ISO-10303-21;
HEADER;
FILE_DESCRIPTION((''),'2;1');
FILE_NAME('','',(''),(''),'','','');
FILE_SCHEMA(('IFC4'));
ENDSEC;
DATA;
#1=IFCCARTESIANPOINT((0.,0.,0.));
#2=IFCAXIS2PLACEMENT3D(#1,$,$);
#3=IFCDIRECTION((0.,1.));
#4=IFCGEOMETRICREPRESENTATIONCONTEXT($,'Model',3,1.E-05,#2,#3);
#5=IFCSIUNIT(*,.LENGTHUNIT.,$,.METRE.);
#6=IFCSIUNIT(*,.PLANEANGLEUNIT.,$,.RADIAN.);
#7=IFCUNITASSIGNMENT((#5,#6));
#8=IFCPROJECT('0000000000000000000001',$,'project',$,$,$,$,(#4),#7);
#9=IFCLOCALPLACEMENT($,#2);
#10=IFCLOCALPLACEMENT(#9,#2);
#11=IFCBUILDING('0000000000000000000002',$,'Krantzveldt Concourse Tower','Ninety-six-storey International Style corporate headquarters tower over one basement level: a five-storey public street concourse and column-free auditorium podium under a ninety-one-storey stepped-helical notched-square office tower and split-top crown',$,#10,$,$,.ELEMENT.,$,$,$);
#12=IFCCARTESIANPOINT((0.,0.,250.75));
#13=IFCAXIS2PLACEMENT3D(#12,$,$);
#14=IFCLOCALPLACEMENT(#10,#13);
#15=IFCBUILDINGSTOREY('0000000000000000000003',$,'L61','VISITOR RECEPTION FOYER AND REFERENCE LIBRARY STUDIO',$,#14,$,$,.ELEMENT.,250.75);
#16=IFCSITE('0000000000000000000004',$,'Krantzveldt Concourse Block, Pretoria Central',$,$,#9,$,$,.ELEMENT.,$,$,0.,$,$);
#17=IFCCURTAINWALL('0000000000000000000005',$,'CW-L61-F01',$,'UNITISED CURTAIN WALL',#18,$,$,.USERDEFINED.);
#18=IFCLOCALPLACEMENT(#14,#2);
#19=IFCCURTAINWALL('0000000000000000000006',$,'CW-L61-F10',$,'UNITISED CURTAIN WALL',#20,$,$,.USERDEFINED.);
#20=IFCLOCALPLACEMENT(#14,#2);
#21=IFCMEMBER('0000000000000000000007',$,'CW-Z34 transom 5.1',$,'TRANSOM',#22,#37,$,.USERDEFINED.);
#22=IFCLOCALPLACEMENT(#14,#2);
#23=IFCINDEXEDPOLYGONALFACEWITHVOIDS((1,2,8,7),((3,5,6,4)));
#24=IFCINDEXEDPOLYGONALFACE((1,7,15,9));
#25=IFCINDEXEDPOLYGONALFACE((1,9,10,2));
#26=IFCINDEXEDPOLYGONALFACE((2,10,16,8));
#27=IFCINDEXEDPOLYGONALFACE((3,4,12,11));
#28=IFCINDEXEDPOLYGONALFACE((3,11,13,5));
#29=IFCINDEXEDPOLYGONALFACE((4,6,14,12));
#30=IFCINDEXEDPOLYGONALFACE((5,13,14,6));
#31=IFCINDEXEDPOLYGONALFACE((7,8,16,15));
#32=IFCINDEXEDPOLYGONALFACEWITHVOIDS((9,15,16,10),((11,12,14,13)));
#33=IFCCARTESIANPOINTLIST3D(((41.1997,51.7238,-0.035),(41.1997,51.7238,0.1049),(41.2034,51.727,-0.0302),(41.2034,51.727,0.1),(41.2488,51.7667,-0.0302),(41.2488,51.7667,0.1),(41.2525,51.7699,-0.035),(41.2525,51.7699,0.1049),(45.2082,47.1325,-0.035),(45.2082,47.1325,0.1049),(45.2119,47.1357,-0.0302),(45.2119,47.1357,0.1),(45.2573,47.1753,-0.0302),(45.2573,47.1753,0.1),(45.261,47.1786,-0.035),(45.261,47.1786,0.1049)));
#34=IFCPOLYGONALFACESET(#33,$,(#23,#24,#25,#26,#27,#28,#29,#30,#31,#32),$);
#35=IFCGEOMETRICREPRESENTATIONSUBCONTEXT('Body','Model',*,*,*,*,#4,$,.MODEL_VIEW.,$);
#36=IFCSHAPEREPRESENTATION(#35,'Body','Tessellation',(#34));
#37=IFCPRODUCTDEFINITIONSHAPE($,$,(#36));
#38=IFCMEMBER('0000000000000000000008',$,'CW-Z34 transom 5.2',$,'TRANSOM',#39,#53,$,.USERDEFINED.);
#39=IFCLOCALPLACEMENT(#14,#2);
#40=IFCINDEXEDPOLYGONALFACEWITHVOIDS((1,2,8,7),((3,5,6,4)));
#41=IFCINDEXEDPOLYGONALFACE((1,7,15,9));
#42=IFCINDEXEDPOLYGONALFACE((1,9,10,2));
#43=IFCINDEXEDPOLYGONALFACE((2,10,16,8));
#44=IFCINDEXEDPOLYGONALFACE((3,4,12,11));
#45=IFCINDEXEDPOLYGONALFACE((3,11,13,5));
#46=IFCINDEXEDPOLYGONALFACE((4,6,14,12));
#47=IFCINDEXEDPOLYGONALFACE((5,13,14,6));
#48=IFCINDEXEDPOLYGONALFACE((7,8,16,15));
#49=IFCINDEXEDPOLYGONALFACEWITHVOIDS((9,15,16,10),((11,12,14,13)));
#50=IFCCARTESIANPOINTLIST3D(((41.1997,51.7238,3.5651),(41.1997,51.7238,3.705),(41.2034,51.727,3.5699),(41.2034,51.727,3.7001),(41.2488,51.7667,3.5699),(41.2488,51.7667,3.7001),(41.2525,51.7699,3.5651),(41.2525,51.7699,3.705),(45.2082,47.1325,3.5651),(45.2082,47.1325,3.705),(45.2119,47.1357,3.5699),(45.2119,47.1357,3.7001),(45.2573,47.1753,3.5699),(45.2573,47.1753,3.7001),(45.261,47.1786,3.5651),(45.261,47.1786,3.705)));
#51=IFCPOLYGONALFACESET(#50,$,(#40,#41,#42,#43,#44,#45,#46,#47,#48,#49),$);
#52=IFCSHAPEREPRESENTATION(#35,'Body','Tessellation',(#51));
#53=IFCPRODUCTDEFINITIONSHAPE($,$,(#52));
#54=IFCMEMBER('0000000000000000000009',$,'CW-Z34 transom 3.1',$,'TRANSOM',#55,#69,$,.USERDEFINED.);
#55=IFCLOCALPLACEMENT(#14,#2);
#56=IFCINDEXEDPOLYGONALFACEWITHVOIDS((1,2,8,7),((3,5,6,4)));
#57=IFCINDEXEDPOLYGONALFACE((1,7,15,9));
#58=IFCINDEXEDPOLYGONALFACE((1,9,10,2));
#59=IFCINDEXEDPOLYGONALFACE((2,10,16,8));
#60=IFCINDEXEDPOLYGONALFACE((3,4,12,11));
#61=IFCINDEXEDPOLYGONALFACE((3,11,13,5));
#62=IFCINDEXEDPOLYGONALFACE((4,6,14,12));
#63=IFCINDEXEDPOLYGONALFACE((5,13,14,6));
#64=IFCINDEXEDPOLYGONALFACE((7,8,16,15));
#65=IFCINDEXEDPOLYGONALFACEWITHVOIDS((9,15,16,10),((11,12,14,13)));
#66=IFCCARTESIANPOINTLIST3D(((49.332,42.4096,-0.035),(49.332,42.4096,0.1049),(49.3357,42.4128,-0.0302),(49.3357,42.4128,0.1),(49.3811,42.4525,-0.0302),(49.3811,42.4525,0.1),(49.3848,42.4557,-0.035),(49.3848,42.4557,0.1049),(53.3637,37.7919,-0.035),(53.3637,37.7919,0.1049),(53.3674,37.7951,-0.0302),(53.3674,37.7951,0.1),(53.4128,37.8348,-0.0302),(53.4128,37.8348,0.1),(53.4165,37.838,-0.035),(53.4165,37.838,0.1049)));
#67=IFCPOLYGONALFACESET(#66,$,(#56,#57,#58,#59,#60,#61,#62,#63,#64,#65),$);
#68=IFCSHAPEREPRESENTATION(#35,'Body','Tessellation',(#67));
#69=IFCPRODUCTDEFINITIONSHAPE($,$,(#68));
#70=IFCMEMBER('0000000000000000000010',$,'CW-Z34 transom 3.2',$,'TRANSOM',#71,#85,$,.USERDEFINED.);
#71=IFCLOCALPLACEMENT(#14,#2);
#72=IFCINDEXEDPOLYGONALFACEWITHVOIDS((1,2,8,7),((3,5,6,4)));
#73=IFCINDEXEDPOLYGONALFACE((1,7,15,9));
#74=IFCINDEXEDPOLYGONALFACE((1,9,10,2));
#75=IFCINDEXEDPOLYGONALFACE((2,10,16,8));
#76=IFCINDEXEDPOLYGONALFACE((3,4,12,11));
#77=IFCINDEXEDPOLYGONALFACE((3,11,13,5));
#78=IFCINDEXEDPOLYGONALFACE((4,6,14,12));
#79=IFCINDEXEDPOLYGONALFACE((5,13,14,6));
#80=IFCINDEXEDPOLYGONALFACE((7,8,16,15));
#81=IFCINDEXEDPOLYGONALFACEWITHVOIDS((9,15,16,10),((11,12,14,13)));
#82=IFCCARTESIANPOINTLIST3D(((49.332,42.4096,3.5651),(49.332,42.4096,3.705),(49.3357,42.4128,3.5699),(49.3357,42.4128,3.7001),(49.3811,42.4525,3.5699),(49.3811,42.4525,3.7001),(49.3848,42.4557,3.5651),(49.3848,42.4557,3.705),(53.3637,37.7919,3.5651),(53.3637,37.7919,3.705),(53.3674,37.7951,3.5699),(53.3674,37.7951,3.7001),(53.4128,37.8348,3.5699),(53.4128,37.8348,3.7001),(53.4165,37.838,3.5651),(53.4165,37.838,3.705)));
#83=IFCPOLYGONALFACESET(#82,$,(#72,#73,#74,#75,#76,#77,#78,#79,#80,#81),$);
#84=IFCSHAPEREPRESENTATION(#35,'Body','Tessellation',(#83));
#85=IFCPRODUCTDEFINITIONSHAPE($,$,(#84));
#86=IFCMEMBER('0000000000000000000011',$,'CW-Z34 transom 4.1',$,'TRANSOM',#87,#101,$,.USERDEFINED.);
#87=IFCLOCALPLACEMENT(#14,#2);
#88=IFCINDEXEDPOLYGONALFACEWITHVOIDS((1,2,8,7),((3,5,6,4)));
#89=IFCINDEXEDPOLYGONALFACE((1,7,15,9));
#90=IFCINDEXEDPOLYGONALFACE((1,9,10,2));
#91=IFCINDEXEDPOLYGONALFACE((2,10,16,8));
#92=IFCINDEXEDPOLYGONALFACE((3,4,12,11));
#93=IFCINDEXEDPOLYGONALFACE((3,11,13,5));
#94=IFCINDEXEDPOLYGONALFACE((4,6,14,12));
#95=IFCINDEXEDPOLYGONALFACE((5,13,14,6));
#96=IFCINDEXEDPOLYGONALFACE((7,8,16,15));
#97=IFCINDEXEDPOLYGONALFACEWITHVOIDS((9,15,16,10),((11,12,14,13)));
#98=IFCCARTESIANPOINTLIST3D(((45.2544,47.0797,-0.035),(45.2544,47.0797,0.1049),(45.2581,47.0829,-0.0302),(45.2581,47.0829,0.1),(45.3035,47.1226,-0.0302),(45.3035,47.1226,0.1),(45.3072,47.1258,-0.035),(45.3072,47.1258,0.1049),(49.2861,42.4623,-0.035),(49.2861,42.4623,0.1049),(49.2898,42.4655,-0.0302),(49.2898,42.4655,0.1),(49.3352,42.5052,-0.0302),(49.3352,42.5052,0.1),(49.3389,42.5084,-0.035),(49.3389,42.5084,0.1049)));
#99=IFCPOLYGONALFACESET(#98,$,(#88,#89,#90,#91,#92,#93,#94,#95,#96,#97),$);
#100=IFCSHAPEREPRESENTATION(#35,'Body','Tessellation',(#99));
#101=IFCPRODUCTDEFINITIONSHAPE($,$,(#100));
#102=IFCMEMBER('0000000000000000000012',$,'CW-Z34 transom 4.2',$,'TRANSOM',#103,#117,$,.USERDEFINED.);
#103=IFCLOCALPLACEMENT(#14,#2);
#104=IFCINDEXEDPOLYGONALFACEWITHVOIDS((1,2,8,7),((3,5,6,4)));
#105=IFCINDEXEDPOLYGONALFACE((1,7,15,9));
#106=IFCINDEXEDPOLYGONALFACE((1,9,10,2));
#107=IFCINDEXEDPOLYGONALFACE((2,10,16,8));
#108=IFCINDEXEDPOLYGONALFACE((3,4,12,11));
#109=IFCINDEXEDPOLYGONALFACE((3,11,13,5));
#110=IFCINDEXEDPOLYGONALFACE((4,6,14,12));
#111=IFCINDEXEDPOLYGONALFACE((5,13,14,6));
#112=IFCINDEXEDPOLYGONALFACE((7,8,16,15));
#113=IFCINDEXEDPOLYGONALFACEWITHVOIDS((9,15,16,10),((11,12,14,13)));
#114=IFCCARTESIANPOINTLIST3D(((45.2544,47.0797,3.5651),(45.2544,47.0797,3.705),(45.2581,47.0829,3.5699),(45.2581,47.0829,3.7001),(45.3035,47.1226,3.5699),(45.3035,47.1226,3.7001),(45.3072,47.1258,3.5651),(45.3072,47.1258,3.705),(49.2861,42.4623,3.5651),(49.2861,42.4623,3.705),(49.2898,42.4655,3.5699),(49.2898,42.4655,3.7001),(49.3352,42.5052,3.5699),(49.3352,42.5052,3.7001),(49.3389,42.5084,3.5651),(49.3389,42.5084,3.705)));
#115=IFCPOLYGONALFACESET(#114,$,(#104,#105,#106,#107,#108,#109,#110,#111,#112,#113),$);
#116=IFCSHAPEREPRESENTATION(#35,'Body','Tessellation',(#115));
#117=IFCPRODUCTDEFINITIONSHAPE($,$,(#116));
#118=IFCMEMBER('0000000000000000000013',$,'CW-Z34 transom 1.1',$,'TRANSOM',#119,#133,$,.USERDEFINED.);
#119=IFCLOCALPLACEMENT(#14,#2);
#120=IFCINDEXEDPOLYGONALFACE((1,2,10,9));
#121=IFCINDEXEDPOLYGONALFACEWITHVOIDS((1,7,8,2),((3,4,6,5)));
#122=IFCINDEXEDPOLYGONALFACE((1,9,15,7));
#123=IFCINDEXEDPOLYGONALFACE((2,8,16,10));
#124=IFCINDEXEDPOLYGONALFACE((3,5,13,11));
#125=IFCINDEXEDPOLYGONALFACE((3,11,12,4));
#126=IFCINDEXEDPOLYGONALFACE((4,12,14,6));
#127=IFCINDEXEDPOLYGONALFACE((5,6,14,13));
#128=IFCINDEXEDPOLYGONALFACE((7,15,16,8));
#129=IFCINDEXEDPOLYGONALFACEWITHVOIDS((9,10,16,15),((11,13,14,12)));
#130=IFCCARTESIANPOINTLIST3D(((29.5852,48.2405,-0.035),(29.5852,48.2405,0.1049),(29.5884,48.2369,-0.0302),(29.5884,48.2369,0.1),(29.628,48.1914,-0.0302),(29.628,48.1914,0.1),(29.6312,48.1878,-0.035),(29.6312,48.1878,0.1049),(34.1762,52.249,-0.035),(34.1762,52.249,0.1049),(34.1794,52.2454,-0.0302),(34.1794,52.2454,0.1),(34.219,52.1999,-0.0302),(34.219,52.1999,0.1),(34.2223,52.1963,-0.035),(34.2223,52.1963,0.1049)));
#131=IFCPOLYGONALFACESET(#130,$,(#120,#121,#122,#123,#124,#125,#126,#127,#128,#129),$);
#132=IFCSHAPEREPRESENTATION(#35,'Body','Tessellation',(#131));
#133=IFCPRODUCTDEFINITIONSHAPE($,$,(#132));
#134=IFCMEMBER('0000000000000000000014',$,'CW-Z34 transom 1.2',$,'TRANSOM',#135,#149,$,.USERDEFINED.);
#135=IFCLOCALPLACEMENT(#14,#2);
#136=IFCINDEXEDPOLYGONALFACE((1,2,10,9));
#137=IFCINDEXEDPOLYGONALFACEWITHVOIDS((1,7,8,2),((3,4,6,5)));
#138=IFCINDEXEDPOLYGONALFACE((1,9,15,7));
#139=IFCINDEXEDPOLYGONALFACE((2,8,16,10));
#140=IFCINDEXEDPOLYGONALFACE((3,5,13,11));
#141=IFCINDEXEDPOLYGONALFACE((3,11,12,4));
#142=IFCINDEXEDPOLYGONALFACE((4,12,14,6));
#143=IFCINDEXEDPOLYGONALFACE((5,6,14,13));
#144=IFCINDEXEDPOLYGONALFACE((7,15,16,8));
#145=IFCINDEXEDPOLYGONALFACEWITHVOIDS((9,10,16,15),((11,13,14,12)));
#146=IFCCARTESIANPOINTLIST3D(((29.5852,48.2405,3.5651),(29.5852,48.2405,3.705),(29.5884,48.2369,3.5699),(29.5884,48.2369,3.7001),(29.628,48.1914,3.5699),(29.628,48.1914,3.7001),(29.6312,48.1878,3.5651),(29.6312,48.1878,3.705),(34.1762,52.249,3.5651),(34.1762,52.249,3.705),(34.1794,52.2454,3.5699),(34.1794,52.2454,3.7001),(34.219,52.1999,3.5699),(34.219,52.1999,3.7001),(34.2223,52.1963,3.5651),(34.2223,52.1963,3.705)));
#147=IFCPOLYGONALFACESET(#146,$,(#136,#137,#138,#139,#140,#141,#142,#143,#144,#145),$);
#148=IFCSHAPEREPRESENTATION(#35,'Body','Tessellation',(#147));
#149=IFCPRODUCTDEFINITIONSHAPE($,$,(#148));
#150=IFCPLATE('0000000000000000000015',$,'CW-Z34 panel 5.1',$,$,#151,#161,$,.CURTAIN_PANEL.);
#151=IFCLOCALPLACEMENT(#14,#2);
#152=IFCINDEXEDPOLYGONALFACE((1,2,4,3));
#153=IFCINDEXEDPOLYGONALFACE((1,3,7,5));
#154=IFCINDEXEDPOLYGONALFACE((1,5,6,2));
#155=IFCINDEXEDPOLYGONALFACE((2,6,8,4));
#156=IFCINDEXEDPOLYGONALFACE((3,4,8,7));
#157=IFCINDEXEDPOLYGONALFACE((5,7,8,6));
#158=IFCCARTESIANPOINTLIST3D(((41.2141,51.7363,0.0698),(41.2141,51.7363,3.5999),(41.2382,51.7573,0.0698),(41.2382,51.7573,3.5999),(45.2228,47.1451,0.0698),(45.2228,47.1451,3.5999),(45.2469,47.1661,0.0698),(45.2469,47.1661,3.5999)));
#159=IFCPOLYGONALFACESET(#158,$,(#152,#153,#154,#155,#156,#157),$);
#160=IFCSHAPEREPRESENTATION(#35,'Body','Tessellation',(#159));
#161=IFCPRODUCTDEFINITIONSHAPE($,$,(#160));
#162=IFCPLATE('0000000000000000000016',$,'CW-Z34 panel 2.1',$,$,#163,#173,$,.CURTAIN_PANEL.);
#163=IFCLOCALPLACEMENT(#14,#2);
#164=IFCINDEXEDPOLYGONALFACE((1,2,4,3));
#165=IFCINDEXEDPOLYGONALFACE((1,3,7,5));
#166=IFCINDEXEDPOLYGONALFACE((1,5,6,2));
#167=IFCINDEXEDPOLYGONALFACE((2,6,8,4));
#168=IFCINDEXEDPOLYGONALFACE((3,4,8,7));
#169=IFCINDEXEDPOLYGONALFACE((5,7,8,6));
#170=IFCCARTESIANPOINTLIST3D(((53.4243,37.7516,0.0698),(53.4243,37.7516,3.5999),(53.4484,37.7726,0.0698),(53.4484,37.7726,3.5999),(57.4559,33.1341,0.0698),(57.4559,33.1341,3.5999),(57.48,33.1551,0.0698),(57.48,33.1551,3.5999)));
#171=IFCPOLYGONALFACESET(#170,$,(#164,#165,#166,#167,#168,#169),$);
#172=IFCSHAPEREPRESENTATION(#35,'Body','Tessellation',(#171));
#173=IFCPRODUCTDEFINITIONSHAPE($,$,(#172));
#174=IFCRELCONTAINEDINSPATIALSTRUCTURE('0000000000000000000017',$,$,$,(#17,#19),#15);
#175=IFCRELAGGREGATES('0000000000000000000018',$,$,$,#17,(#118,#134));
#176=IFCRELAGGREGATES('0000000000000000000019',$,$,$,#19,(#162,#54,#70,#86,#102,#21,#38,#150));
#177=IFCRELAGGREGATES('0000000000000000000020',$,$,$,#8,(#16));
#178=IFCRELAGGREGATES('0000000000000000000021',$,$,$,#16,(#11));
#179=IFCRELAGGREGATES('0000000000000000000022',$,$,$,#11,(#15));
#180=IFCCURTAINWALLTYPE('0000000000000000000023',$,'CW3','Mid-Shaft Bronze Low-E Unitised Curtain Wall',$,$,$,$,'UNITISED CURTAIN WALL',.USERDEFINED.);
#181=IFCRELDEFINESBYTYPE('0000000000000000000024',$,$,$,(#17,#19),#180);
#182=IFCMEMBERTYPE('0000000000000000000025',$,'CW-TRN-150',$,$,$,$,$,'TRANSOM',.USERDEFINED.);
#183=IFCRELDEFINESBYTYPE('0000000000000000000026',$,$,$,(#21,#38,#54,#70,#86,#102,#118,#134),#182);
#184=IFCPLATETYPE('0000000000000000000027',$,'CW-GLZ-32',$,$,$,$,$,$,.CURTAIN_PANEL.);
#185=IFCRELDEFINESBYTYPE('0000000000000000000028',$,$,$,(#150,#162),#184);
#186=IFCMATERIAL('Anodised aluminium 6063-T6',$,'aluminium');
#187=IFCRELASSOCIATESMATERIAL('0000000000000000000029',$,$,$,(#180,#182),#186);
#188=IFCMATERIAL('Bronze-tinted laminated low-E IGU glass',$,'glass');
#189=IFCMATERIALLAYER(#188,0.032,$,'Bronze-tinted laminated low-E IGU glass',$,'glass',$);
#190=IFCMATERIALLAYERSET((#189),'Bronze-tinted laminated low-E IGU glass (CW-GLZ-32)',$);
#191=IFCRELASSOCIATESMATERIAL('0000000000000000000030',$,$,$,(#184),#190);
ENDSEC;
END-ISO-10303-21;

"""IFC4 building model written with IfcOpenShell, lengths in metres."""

from ifc_helpers import new_model, si_unit, direction, frame, origin, origin_2d, place, context, subcontext, project, spatial, rectangle, hollow_rectangle, extrude, source, transform, mapped, material, layer, layer_set, material_profile, profile_set, type_object, type_shapes, element, aggregate, save


model = new_model("IFC4")

# Units and contexts
model_context = context("Model", 3, precision=1e-05, world=origin(), true_north=direction((0.0, 1.0)))
body_context = subcontext(model_context, "Body", "Model", "MODEL_VIEW")
ifc_project = project(units=[si_unit("LENGTHUNIT", "METRE"), si_unit("PLANEANGLEUNIT", "RADIAN")], contexts=[model_context])

# Site, building, storey
site_placement = place(None, origin())
site = spatial("IfcSite", under=ifc_project, at=site_placement, Name="Krantzveldt Concourse Block, Pretoria Central", CompositionType="ELEMENT", RefElevation=0.0)
building_placement = place(site_placement, origin())
building = spatial("IfcBuilding", under=site, at=building_placement, Name="Krantzveldt Concourse Tower", Description="Ninety-six-storey International Style corporate headquarters tower over one basement level: a five-storey public street concourse and column-free auditorium podium under a ninety-one-storey stepped-helical notched-square office tower and split-top crown", CompositionType="ELEMENT")
storey_placement = place(building_placement, frame((0.0, 0.0, 250.75)))
storey = spatial("IfcBuildingStorey", under=building, at=storey_placement, Name="L61", Description="VISITOR RECEPTION FOYER AND REFERENCE LIBRARY STUDIO", CompositionType="ELEMENT", Elevation=250.75)

# Curtain wall
ifc_material_1 = material(Name="Anodised aluminium 6063-T6", Category="aluminium")
curtain_wall_type = type_object("IfcCurtainWallType", Name="CW3", Description="Mid-Shaft Bronze Low-E Unitised Curtain Wall", ElementType="UNITISED CURTAIN WALL", PredefinedType="USERDEFINED", material=ifc_material_1)
curtain_wall_1_placement = place(storey_placement, origin())
curtain_wall_1 = element("IfcCurtainWall", 1, at=curtain_wall_1_placement, inside=storey, type_object=curtain_wall_type, Name="CW-L61-F01", ObjectType="UNITISED CURTAIN WALL", PredefinedType="USERDEFINED")

# Curtain wall, members
curtain_wall_2_placement = place(storey_placement, origin())
curtain_wall_2 = element("IfcCurtainWall", 2, at=curtain_wall_2_placement, inside=storey, type_object=curtain_wall_type, Name="CW-L61-F10", ObjectType="UNITISED CURTAIN WALL", PredefinedType="USERDEFINED")
ifc_material_profile_1 = material_profile(ifc_material_1, hollow_rectangle(XDim=0.0701, YDim=0.1399, WallThickness=0.0049, at=origin_2d()), Name="Anodised aluminium 6063-T6", Category="aluminium")
ifc_profile_set_1 = profile_set([ifc_material_profile_1], Name="Anodised aluminium 6063-T6 - ALU-TRAN 140x70x5")
member_type_1 = type_object("IfcMemberType", Name="CW-TRN-150", ElementType="TRANSOM", PredefinedType="USERDEFINED", material=ifc_profile_set_1)
shared_shape_1 = source(origin(), body_context, "Body", "SweptSolid", [
    extrude(hollow_rectangle(XDim=0.0701, YDim=0.1399, WallThickness=0.0049, at=origin_2d()), origin(), (0.0, 0.0, 1.0), 6.095),
])
member_1_placement = place(storey_placement, frame((45.2346, 47.1555, 0.0349), z_axis=(-0.657682, 0.753296, 0.0), x_axis=(-0.753296, -0.657682, 0.0)))
member_1 = element("IfcMember", 3, at=member_1_placement, type_object=member_type_1, Name="CW-Z34 transom 5.1", ObjectType="TRANSOM", PredefinedType="USERDEFINED", context=body_context, shape_type="MappedRepresentation", body=[
    mapped(shared_shape_1, transform((0.0, 0.0, 0.0), x_axis=(1.0, 0.0, 0.0), y_axis=(0.0, 1.0, 0.0), z_axis=(0.0, 0.0, 1.0), scale=1.0)),
])
member_2_placement = place(storey_placement, frame((45.2346, 47.1555, 3.635), z_axis=(-0.657682, 0.753296, 0.0), x_axis=(-0.753296, -0.657682, 0.0)))
member_2 = element("IfcMember", 4, at=member_2_placement, type_object=member_type_1, Name="CW-Z34 transom 5.2", ObjectType="TRANSOM", PredefinedType="USERDEFINED", context=body_context, shape_type="MappedRepresentation", body=[
    mapped(shared_shape_1, transform((0.0, 0.0, 0.0), x_axis=(1.0, 0.0, 0.0), y_axis=(0.0, 1.0, 0.0), z_axis=(0.0, 0.0, 1.0), scale=1.0)),
])
shared_shape_2 = source(origin(), body_context, "Body", "SweptSolid", [
    extrude(hollow_rectangle(XDim=0.0701, YDim=0.1399, WallThickness=0.0049, at=origin_2d()), origin(), (0.0, 0.0, 1.0), 6.1301),
])
member_3_placement = place(storey_placement, frame((53.3901, 37.8149, 0.0349), z_axis=(-0.657698, 0.753282, 0.0), x_axis=(-0.753282, -0.657698, 0.0)))
member_3 = element("IfcMember", 5, at=member_3_placement, type_object=member_type_1, Name="CW-Z34 transom 3.1", ObjectType="TRANSOM", PredefinedType="USERDEFINED", context=body_context, shape_type="MappedRepresentation", body=[
    mapped(shared_shape_2, transform((0.0, 0.0, 0.0), x_axis=(1.0, 0.0, 0.0), y_axis=(0.0, 1.0, 0.0), z_axis=(0.0, 0.0, 1.0), scale=1.0)),
])
member_4_placement = place(storey_placement, frame((53.3901, 37.8149, 3.635), z_axis=(-0.657698, 0.753282, 0.0), x_axis=(-0.753282, -0.657698, 0.0)))
member_4 = element("IfcMember", 6, at=member_4_placement, type_object=member_type_1, Name="CW-Z34 transom 3.2", ObjectType="TRANSOM", PredefinedType="USERDEFINED", context=body_context, shape_type="MappedRepresentation", body=[
    mapped(shared_shape_2, transform((0.0, 0.0, 0.0), x_axis=(1.0, 0.0, 0.0), y_axis=(0.0, 1.0, 0.0), z_axis=(0.0, 0.0, 1.0), scale=1.0)),
])
shared_shape_3 = source(origin(), body_context, "Body", "SweptSolid", [
    extrude(hollow_rectangle(XDim=0.0701, YDim=0.1399, WallThickness=0.0049, at=origin_2d()), origin(), (0.0, 0.0, 1.0), 6.1299),
])
member_5_placement = place(storey_placement, frame((49.3125, 42.4854, 0.0349), z_axis=(-0.657718, 0.753265, 0.0), x_axis=(-0.753265, -0.657718, 0.0)))
member_5 = element("IfcMember", 7, at=member_5_placement, type_object=member_type_1, Name="CW-Z34 transom 4.1", ObjectType="TRANSOM", PredefinedType="USERDEFINED", context=body_context, shape_type="MappedRepresentation", body=[
    mapped(shared_shape_3, transform((0.0, 0.0, 0.0), x_axis=(1.0, 0.0, 0.0), y_axis=(0.0, 1.0, 0.0), z_axis=(0.0, 0.0, 1.0), scale=1.0)),
])
member_6_placement = place(storey_placement, frame((49.3125, 42.4854, 3.635), z_axis=(-0.657718, 0.753265, 0.0), x_axis=(-0.753265, -0.657718, 0.0)))
member_6 = element("IfcMember", 8, at=member_6_placement, type_object=member_type_1, Name="CW-Z34 transom 4.2", ObjectType="TRANSOM", PredefinedType="USERDEFINED", context=body_context, shape_type="MappedRepresentation", body=[
    mapped(shared_shape_3, transform((0.0, 0.0, 0.0), x_axis=(1.0, 0.0, 0.0), y_axis=(0.0, 1.0, 0.0), z_axis=(0.0, 0.0, 1.0), scale=1.0)),
])

# Members
shared_shape_4 = source(origin(), body_context, "Body", "SweptSolid", [
    extrude(hollow_rectangle(XDim=0.0701, YDim=0.1399, WallThickness=0.0049, at=origin_2d()), origin(), (0.0, 0.0, 1.0), 6.0947),
])
type_shapes(member_type_1, [shared_shape_1, shared_shape_2, shared_shape_3, shared_shape_4])
member_7_placement = place(storey_placement, frame((34.1992, 52.2227, 0.0349), z_axis=(-0.753279, -0.657702, 0.0), x_axis=(0.657702, -0.753279, 0.0)))
member_7 = element("IfcMember", 9, at=member_7_placement, type_object=member_type_1, Name="CW-Z34 transom 1.1", ObjectType="TRANSOM", PredefinedType="USERDEFINED", context=body_context, shape_type="MappedRepresentation", body=[
    mapped(shared_shape_4, transform((0.0, 0.0, 0.0), x_axis=(1.0, 0.0, 0.0), y_axis=(0.0, 1.0, 0.0), z_axis=(0.0, 0.0, 1.0), scale=1.0)),
])
member_8_placement = place(storey_placement, frame((34.1992, 52.2227, 3.635), z_axis=(-0.753279, -0.657702, 0.0), x_axis=(0.657702, -0.753279, 0.0)))
member_8 = element("IfcMember", 10, at=member_8_placement, type_object=member_type_1, Name="CW-Z34 transom 1.2", ObjectType="TRANSOM", PredefinedType="USERDEFINED", context=body_context, shape_type="MappedRepresentation", body=[
    mapped(shared_shape_4, transform((0.0, 0.0, 0.0), x_axis=(1.0, 0.0, 0.0), y_axis=(0.0, 1.0, 0.0), z_axis=(0.0, 0.0, 1.0), scale=1.0)),
])
aggregate(curtain_wall_1, [member_7, member_8])

# Plates
ifc_material_2 = material(Name="Bronze-tinted laminated low-E IGU glass", Category="glass")
ifc_layer_1 = layer(ifc_material_2, 0.032, Name="Bronze-tinted laminated low-E IGU glass", Category="glass")
ifc_layer_set_1 = layer_set([ifc_layer_1], Name="Bronze-tinted laminated low-E IGU glass (CW-GLZ-32)")
plate_type = type_object("IfcPlateType", Name="CW-GLZ-32", PredefinedType="CURTAIN_PANEL", material=ifc_layer_set_1)
shared_shape_5 = source(origin(), body_context, "Body", "SweptSolid", [
    extrude(rectangle(XDim=6.095, YDim=0.032, at=origin_2d()), origin(), (0.0, 0.0, 1.0), 3.53),
])
plate_1_placement = place(storey_placement, frame((43.2305, 49.4512, 0.0698), z_axis=(0.0, 0.0, 1.0), x_axis=(-0.657704, 0.753277, 0.0)))
plate_1 = element("IfcPlate", 11, at=plate_1_placement, type_object=plate_type, Name="CW-Z34 panel 5.1", PredefinedType="CURTAIN_PANEL", context=body_context, shape_type="MappedRepresentation", body=[
    mapped(shared_shape_5, transform((0.0, 0.0, 0.0), x_axis=(1.0, 0.0, 0.0), y_axis=(0.0, 1.0, 0.0), z_axis=(0.0, 0.0, 1.0), scale=1.0)),
])
shared_shape_6 = source(origin(), body_context, "Body", "SweptSolid", [
    extrude(rectangle(XDim=6.1299, YDim=0.032, at=origin_2d()), origin(), (0.0, 0.0, 1.0), 3.53),
])
type_shapes(plate_type, [shared_shape_5, shared_shape_6])
plate_2_placement = place(storey_placement, frame((55.4521, 35.4534, 0.0698), z_axis=(0.0, 0.0, 1.0), x_axis=(-0.657704, 0.753277, 0.0)))
plate_2 = element("IfcPlate", 12, at=plate_2_placement, type_object=plate_type, Name="CW-Z34 panel 2.1", PredefinedType="CURTAIN_PANEL", context=body_context, shape_type="MappedRepresentation", body=[
    mapped(shared_shape_6, transform((0.0, 0.0, 0.0), x_axis=(1.0, 0.0, 0.0), y_axis=(0.0, 1.0, 0.0), z_axis=(0.0, 0.0, 1.0), scale=1.0)),
])
aggregate(curtain_wall_2, [plate_2, member_3, member_4, member_5, member_6, member_1, member_2, plate_1])

save(model, "model.ifc")
